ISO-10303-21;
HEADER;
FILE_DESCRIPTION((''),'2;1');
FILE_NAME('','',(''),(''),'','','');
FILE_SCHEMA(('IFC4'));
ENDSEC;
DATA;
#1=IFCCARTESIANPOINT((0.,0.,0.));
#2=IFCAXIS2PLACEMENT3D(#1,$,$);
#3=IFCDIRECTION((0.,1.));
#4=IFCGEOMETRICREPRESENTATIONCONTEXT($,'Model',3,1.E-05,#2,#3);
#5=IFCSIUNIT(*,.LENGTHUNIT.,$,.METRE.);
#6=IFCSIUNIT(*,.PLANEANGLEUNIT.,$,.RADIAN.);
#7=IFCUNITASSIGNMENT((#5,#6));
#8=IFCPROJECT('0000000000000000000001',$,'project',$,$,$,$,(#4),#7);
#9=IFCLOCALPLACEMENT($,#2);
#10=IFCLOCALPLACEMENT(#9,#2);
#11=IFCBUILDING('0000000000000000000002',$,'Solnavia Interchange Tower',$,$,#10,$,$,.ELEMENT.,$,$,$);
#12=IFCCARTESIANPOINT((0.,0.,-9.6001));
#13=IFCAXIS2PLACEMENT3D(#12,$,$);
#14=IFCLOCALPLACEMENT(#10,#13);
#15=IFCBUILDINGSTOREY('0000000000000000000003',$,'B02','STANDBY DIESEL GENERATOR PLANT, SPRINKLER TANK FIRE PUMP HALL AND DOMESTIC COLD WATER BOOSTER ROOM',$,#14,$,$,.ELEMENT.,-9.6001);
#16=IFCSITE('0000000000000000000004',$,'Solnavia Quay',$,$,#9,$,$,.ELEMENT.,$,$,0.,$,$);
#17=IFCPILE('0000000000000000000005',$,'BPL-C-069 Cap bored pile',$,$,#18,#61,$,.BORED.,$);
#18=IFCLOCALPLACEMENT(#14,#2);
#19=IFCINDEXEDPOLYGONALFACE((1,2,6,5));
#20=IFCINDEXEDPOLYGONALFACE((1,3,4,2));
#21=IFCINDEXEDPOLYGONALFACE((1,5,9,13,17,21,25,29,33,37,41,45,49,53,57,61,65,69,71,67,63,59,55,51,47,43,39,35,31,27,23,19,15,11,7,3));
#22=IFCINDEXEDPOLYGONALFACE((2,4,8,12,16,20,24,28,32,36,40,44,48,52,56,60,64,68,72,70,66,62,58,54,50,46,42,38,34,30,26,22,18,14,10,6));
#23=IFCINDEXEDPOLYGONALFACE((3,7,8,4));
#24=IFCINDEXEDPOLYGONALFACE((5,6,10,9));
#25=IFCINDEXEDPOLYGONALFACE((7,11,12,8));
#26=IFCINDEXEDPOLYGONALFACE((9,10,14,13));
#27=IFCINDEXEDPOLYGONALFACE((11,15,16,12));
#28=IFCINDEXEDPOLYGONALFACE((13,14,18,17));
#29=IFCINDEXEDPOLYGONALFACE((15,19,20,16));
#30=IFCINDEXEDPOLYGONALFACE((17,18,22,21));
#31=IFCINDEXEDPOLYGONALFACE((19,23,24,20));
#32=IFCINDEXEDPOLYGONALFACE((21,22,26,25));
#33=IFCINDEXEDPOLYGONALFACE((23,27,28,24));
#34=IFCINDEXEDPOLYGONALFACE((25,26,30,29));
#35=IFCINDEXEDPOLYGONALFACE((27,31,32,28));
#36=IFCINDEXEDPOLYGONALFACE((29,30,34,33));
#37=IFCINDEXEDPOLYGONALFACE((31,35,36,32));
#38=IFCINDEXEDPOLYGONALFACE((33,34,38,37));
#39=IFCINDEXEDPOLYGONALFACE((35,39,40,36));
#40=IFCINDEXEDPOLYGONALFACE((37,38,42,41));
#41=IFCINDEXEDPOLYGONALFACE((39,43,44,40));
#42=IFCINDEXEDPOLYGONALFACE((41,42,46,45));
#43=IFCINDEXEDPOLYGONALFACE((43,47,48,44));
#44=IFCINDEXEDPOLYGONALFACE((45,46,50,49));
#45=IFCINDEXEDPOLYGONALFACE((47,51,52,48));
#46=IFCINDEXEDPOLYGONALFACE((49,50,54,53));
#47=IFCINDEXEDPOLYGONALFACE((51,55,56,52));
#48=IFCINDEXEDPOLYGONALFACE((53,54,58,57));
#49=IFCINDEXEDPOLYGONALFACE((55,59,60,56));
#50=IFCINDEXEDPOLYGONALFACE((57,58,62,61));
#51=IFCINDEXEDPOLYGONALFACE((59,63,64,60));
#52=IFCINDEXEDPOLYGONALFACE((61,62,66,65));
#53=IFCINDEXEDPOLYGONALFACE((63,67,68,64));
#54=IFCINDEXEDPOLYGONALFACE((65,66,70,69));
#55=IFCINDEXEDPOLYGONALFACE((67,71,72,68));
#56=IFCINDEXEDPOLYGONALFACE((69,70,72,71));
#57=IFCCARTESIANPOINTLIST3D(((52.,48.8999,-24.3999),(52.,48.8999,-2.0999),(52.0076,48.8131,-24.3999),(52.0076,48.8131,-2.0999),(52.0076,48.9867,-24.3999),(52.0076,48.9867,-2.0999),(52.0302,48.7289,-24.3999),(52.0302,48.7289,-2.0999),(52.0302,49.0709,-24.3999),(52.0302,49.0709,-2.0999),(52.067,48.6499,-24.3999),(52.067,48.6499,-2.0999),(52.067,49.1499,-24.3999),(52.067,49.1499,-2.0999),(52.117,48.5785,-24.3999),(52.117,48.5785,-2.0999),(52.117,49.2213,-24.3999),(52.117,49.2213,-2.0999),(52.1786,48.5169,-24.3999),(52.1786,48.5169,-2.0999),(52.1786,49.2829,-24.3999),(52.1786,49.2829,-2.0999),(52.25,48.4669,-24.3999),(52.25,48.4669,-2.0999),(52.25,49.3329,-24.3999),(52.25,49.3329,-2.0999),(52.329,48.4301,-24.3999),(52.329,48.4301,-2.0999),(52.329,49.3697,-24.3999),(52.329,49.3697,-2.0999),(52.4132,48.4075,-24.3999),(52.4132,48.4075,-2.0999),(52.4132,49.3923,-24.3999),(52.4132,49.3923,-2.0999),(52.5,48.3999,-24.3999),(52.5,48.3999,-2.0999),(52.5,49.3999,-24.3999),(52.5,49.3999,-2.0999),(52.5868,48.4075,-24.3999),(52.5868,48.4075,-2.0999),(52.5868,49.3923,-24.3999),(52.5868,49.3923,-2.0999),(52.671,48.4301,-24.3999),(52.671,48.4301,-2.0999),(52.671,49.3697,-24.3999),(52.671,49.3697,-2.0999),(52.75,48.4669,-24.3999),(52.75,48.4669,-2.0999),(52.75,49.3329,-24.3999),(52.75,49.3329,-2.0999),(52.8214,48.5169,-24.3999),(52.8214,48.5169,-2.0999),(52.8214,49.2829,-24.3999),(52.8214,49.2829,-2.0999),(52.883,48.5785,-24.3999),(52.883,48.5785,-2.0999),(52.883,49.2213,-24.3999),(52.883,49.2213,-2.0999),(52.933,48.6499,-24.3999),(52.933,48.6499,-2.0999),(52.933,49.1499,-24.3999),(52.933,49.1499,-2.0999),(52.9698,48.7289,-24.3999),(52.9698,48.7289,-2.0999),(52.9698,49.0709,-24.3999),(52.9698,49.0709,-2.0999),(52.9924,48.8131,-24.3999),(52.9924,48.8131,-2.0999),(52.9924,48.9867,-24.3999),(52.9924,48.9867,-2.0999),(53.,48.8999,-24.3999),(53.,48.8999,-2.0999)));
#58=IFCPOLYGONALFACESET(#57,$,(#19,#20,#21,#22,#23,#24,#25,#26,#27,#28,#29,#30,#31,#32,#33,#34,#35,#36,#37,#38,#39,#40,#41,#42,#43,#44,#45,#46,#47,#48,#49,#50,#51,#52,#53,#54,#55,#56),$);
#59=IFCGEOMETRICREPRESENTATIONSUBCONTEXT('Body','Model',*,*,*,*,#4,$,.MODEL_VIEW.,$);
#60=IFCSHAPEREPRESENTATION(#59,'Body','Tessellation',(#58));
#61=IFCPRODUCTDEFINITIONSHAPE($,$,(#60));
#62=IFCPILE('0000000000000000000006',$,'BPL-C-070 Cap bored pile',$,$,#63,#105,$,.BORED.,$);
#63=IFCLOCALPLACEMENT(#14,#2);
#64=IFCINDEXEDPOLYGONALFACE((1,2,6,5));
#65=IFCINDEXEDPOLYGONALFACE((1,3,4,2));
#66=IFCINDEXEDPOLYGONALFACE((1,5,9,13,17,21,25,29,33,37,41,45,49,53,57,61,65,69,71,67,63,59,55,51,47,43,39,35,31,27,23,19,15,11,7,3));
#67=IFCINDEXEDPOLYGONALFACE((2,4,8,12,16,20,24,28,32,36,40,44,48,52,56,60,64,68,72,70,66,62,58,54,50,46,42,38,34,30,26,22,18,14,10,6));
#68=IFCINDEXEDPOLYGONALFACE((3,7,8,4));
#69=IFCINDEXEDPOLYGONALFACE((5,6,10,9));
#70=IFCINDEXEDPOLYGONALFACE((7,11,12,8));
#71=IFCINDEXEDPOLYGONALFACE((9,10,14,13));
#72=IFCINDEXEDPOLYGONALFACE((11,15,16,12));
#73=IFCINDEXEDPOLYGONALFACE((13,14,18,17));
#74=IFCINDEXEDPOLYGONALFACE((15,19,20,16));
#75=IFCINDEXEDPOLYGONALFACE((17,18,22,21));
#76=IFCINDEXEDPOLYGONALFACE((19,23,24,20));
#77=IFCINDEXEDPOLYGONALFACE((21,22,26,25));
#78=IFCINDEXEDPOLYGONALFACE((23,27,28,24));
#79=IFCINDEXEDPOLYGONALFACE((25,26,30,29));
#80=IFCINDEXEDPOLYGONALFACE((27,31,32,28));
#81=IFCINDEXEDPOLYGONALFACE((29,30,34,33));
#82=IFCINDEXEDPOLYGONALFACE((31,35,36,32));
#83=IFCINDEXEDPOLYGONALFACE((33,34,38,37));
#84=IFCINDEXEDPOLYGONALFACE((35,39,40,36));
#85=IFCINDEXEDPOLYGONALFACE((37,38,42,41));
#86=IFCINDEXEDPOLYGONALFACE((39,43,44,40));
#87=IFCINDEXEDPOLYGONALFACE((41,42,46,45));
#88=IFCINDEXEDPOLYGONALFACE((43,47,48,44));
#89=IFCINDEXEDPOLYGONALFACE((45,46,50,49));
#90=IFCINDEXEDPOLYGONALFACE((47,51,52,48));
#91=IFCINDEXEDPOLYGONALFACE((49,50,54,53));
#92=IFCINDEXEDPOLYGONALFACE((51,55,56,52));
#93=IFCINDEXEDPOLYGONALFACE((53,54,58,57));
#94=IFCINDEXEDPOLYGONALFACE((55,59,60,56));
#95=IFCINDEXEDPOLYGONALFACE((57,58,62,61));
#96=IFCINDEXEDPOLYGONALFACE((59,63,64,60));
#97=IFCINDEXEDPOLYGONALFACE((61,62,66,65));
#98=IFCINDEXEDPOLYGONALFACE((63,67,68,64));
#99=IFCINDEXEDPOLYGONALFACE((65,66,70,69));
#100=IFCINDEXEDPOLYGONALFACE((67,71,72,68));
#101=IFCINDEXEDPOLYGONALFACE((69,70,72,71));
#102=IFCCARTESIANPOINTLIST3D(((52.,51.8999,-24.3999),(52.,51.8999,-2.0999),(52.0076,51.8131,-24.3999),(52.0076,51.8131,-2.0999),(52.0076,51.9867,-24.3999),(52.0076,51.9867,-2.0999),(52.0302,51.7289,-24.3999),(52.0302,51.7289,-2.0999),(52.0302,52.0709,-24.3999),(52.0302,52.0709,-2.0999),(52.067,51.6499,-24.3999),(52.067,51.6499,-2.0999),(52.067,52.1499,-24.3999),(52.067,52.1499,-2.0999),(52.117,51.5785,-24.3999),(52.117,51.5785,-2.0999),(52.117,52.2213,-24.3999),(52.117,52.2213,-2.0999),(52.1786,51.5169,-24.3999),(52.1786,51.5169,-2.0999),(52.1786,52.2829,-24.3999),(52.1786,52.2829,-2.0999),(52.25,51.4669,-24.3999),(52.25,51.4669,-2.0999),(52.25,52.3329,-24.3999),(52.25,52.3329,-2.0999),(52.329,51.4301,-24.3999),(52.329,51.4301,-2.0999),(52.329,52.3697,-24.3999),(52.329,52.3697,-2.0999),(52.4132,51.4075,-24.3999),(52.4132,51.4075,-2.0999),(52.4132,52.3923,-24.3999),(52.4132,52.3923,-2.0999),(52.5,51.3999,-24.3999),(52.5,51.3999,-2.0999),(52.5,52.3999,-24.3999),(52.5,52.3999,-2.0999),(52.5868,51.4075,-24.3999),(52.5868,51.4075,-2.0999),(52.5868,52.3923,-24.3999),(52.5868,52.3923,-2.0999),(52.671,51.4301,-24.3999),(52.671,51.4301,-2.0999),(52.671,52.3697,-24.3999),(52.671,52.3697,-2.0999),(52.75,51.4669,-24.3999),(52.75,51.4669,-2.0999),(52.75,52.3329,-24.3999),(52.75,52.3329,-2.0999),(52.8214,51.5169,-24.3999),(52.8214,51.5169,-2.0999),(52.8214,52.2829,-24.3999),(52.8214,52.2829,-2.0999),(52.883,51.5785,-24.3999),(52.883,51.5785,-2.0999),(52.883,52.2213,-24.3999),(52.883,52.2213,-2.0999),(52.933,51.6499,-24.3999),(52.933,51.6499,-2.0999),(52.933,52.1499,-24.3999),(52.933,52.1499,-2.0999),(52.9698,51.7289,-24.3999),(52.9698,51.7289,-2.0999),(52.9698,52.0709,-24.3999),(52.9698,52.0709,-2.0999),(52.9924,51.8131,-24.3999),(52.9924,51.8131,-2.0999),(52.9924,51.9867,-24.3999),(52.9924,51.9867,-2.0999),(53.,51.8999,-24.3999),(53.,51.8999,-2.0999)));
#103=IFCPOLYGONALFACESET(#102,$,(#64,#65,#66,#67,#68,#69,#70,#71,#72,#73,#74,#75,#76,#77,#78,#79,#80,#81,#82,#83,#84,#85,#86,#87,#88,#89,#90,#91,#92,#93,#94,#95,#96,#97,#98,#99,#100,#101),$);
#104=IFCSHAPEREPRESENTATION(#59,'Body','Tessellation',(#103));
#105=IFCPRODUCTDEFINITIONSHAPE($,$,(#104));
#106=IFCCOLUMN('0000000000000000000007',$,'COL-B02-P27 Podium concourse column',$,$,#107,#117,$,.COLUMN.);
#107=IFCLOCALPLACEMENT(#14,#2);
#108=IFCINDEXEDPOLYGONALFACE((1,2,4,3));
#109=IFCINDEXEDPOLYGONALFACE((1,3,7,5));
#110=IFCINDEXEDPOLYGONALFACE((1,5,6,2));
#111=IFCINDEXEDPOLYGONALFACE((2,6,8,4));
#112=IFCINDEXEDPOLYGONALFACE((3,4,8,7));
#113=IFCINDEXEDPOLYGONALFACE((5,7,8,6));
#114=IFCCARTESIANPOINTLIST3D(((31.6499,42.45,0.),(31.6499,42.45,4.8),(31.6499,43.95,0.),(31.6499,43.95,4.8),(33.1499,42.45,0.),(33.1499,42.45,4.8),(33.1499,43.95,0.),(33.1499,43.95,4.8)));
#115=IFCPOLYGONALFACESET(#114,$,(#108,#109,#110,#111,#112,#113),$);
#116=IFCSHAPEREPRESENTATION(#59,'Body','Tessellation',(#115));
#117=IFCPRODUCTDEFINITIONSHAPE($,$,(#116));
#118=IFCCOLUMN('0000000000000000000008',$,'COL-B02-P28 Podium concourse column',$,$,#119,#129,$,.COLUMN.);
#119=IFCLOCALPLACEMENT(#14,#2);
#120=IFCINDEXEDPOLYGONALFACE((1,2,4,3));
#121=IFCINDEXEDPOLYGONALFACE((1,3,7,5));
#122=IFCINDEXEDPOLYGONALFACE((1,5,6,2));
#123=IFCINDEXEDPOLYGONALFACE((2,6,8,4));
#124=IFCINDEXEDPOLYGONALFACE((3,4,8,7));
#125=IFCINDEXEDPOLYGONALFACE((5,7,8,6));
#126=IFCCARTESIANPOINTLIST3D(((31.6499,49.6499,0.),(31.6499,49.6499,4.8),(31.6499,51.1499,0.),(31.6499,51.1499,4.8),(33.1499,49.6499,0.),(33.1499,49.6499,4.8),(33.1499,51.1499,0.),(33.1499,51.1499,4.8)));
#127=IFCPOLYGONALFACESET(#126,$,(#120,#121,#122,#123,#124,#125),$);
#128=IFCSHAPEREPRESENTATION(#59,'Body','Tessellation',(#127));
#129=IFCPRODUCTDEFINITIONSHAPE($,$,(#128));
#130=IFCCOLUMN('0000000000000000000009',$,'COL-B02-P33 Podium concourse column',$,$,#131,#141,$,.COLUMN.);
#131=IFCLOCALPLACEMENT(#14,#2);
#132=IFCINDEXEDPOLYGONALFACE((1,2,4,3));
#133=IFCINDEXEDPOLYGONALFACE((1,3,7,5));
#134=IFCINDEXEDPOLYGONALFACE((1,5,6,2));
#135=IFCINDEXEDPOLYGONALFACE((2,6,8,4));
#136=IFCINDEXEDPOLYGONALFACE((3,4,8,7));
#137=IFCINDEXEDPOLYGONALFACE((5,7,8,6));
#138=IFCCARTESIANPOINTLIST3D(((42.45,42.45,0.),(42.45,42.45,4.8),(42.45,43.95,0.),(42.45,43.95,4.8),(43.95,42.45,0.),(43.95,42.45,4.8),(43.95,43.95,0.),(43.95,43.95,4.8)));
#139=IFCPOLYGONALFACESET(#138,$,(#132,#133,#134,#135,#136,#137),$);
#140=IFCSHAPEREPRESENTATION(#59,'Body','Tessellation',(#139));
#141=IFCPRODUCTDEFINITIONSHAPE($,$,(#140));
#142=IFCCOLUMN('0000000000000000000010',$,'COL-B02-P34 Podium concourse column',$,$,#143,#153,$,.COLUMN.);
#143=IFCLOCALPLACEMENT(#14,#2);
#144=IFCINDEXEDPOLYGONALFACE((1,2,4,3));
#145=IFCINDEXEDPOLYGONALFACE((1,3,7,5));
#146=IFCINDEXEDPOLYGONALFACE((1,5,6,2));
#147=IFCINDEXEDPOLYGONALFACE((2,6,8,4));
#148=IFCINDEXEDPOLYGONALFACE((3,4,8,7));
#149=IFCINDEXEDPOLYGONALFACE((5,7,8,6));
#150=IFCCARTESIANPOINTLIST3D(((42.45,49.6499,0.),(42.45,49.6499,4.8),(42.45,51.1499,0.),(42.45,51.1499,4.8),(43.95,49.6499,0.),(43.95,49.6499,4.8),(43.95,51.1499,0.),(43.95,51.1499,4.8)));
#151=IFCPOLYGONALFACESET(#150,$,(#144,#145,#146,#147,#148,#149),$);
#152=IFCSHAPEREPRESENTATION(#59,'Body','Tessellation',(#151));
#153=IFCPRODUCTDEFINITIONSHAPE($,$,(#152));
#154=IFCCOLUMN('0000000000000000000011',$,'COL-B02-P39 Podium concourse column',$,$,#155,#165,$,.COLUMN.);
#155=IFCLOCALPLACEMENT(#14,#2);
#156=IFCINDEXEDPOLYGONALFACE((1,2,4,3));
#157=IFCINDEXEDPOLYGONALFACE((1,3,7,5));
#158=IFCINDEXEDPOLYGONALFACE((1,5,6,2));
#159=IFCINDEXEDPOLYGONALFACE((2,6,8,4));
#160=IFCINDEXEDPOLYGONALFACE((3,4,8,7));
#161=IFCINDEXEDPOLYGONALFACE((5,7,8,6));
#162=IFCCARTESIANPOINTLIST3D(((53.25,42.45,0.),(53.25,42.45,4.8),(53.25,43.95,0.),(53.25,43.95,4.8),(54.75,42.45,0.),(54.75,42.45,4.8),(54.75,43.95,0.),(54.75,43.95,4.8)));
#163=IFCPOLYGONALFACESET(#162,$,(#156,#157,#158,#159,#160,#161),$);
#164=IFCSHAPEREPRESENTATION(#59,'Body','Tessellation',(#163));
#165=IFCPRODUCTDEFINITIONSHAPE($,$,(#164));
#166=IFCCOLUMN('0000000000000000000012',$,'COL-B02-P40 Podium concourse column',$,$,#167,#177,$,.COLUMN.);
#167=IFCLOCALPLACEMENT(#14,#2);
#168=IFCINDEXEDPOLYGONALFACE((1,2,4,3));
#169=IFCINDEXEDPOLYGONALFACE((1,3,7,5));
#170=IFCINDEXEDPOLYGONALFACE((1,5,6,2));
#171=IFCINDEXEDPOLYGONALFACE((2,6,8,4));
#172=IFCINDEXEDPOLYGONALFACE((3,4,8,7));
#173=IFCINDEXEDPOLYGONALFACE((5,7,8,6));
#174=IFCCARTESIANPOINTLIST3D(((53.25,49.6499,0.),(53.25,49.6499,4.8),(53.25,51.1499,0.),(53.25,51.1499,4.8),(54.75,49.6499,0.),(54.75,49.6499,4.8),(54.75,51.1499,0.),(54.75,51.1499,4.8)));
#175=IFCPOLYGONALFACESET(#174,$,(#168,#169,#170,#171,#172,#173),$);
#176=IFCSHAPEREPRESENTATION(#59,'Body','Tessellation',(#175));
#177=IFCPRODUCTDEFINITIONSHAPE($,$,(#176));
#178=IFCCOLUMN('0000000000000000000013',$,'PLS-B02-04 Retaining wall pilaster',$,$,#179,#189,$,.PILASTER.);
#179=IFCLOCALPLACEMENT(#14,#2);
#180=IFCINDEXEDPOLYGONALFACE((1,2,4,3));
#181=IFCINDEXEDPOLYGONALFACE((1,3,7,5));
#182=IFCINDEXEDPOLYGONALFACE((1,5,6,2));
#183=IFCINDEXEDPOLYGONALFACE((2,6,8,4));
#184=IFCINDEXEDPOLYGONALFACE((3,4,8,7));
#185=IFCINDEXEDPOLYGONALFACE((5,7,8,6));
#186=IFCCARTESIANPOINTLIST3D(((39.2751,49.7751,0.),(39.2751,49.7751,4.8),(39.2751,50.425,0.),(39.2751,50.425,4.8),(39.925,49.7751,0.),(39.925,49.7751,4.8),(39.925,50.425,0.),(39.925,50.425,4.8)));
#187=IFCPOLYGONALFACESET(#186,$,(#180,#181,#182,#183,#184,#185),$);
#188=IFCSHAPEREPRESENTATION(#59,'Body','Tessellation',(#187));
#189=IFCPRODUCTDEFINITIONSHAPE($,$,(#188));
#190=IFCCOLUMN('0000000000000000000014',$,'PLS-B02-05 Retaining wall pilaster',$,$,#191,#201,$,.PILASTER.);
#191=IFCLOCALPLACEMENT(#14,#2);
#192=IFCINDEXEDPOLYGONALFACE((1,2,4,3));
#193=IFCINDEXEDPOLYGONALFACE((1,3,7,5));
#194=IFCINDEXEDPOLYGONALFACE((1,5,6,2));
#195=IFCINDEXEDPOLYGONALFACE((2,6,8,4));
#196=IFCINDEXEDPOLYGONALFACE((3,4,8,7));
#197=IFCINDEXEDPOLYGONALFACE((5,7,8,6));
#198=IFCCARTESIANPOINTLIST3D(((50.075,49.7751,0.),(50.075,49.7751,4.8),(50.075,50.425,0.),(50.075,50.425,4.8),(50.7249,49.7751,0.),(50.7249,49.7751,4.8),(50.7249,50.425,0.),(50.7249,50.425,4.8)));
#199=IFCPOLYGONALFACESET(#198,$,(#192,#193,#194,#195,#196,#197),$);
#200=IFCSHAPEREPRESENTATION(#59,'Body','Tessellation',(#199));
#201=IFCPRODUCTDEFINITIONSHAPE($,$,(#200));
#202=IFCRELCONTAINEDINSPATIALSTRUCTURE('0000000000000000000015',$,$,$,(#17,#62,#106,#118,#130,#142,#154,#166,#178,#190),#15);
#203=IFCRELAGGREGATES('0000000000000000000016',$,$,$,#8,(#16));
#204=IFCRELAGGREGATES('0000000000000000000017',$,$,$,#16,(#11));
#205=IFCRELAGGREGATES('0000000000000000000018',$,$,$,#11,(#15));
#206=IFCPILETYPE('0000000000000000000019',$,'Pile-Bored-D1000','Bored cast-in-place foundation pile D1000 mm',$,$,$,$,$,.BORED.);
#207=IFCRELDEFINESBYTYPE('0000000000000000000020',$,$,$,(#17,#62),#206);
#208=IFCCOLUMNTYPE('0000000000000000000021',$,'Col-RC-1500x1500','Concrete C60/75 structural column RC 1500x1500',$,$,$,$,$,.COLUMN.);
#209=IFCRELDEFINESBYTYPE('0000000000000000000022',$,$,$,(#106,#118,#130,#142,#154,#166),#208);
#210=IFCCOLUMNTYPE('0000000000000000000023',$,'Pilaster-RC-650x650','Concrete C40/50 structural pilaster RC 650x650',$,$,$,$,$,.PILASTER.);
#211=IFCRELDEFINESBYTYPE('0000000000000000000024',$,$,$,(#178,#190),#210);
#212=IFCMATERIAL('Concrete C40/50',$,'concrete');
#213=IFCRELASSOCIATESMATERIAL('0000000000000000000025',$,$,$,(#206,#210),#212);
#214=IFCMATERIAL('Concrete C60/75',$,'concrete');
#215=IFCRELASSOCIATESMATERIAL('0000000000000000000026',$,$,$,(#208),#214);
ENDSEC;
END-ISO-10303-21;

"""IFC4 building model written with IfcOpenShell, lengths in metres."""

from ifc_helpers import new_model, si_unit, direction, frame, origin, origin_2d, place, context, subcontext, project, spatial, rectangle, circle, extrude, material, material_profile, profile_set, type_object, element, save


model = new_model("IFC4")

# Units and contexts
model_context = context("Model", 3, precision=1e-05, world=origin(), true_north=direction((0.0, 1.0)))
body_context = subcontext(model_context, "Body", "Model", "MODEL_VIEW")
ifc_project = project(units=[si_unit("LENGTHUNIT", "METRE"), si_unit("PLANEANGLEUNIT", "RADIAN")], contexts=[model_context])

# Site, building, storey
site_placement = place(None, origin())
site = spatial("IfcSite", under=ifc_project, at=site_placement, Name="Solnavia Quay", CompositionType="ELEMENT", RefElevation=0.0)
building_placement = place(site_placement, origin())
building = spatial("IfcBuilding", under=site, at=building_placement, Name="Solnavia Interchange Tower", CompositionType="ELEMENT")
storey_placement = place(building_placement, frame((0.0, 0.0, -9.6001)))
storey = spatial("IfcBuildingStorey", under=building, at=storey_placement, Name="B02", Description="STANDBY DIESEL GENERATOR PLANT, SPRINKLER TANK FIRE PUMP HALL AND DOMESTIC COLD WATER BOOSTER ROOM", CompositionType="ELEMENT", Elevation=-9.6001)

# Shared definitions
ifc_material_1 = material(Name="Concrete C40/50", Category="concrete")

# Piles
ifc_material_profile_1 = material_profile(ifc_material_1, circle(Radius=0.5, at=origin_2d()), Name="PILE D1000")
ifc_profile_set_1 = profile_set([ifc_material_profile_1], Name="Concrete C40/50")
pile_type = type_object("IfcPileType", Name="Pile-Bored-D1000", Description="Bored cast-in-place foundation pile D1000 mm", PredefinedType="BORED", material=ifc_profile_set_1)
for number, where, z_axis, x_axis, name in (
    (1, (52.5, 48.8999, -2.0999), (0.0, 0.0, -1.0), (1.0, 0.0, 0.0), "BPL-C-069 Cap bored pile"),
    (2, (52.5, 51.8999, -2.0999), (0.0, 0.0, -1.0), (1.0, 0.0, 0.0), "BPL-C-070 Cap bored pile"),
):
    element("IfcPile", number, at=place(storey_placement, frame(where, z_axis=z_axis, x_axis=x_axis)), inside=storey, type_object=pile_type, Name=name, PredefinedType="BORED", context=body_context, shape_type="SweptSolid", body=[
        extrude(circle(Radius=0.5, at=origin_2d()), origin(), (0.0, 0.0, 1.0), 22.3),
    ])

# Columns
ifc_material_2 = material(Name="Concrete C60/75", Category="concrete")
ifc_material_profile_2 = material_profile(ifc_material_2, rectangle(XDim=1.5, YDim=1.5, at=origin_2d()), Name="RC 1500x1500")
ifc_profile_set_2 = profile_set([ifc_material_profile_2], Name="Concrete C60/75")
column_type_1 = type_object("IfcColumnType", Name="Col-RC-1500x1500", Description="Concrete C60/75 structural column RC 1500x1500", PredefinedType="COLUMN", material=ifc_profile_set_2)
for number, where, z_axis, x_axis, name in (
    (3, (32.3999, 43.2, 0.0), (0.0, 0.0, 1.0), (1.0, 0.0, 0.0), "COL-B02-P27 Podium concourse column"),
    (4, (32.3999, 50.3999, 0.0), (0.0, 0.0, 1.0), (1.0, 0.0, 0.0), "COL-B02-P28 Podium concourse column"),
    (5, (43.2, 43.2, 0.0), (0.0, 0.0, 1.0), (1.0, 0.0, 0.0), "COL-B02-P33 Podium concourse column"),
    (6, (43.2, 50.3999, 0.0), (0.0, 0.0, 1.0), (1.0, 0.0, 0.0), "COL-B02-P34 Podium concourse column"),
    (7, (54.0, 43.2, 0.0), (0.0, 0.0, 1.0), (1.0, 0.0, 0.0), "COL-B02-P39 Podium concourse column"),
    (8, (54.0, 50.3999, 0.0), (0.0, 0.0, 1.0), (1.0, 0.0, 0.0), "COL-B02-P40 Podium concourse column"),
):
    element("IfcColumn", number, at=place(storey_placement, frame(where, z_axis=z_axis, x_axis=x_axis)), inside=storey, type_object=column_type_1, Name=name, PredefinedType="COLUMN", context=body_context, shape_type="SweptSolid", body=[
        extrude(rectangle(XDim=1.5, YDim=1.5, at=origin_2d()), origin(), (0.0, 0.0, 1.0), 4.8),
    ])
ifc_material_profile_3 = material_profile(ifc_material_1, rectangle(XDim=0.6499, YDim=0.6499, at=origin_2d()), Name="RC 650x650")
ifc_profile_set_3 = profile_set([ifc_material_profile_3], Name="Concrete C40/50")
column_type_2 = type_object("IfcColumnType", Name="Pilaster-RC-650x650", Description="Concrete C40/50 structural pilaster RC 650x650", PredefinedType="PILASTER", material=ifc_profile_set_3)
for number, where, z_axis, x_axis, name in (
    (9, (39.6001, 50.1001, 0.0), (0.0, 0.0, 1.0), (1.0, 0.0, 0.0), "PLS-B02-04 Retaining wall pilaster"),
    (10, (50.3999, 50.1001, 0.0), (0.0, 0.0, 1.0), (1.0, 0.0, 0.0), "PLS-B02-05 Retaining wall pilaster"),
):
    element("IfcColumn", number, at=place(storey_placement, frame(where, z_axis=z_axis, x_axis=x_axis)), inside=storey, type_object=column_type_2, Name=name, PredefinedType="PILASTER", context=body_context, shape_type="SweptSolid", body=[
        extrude(rectangle(XDim=0.6499, YDim=0.6499, at=origin_2d()), origin(), (0.0, 0.0, 1.0), 4.8),
    ])

save(model, "model.ifc")
